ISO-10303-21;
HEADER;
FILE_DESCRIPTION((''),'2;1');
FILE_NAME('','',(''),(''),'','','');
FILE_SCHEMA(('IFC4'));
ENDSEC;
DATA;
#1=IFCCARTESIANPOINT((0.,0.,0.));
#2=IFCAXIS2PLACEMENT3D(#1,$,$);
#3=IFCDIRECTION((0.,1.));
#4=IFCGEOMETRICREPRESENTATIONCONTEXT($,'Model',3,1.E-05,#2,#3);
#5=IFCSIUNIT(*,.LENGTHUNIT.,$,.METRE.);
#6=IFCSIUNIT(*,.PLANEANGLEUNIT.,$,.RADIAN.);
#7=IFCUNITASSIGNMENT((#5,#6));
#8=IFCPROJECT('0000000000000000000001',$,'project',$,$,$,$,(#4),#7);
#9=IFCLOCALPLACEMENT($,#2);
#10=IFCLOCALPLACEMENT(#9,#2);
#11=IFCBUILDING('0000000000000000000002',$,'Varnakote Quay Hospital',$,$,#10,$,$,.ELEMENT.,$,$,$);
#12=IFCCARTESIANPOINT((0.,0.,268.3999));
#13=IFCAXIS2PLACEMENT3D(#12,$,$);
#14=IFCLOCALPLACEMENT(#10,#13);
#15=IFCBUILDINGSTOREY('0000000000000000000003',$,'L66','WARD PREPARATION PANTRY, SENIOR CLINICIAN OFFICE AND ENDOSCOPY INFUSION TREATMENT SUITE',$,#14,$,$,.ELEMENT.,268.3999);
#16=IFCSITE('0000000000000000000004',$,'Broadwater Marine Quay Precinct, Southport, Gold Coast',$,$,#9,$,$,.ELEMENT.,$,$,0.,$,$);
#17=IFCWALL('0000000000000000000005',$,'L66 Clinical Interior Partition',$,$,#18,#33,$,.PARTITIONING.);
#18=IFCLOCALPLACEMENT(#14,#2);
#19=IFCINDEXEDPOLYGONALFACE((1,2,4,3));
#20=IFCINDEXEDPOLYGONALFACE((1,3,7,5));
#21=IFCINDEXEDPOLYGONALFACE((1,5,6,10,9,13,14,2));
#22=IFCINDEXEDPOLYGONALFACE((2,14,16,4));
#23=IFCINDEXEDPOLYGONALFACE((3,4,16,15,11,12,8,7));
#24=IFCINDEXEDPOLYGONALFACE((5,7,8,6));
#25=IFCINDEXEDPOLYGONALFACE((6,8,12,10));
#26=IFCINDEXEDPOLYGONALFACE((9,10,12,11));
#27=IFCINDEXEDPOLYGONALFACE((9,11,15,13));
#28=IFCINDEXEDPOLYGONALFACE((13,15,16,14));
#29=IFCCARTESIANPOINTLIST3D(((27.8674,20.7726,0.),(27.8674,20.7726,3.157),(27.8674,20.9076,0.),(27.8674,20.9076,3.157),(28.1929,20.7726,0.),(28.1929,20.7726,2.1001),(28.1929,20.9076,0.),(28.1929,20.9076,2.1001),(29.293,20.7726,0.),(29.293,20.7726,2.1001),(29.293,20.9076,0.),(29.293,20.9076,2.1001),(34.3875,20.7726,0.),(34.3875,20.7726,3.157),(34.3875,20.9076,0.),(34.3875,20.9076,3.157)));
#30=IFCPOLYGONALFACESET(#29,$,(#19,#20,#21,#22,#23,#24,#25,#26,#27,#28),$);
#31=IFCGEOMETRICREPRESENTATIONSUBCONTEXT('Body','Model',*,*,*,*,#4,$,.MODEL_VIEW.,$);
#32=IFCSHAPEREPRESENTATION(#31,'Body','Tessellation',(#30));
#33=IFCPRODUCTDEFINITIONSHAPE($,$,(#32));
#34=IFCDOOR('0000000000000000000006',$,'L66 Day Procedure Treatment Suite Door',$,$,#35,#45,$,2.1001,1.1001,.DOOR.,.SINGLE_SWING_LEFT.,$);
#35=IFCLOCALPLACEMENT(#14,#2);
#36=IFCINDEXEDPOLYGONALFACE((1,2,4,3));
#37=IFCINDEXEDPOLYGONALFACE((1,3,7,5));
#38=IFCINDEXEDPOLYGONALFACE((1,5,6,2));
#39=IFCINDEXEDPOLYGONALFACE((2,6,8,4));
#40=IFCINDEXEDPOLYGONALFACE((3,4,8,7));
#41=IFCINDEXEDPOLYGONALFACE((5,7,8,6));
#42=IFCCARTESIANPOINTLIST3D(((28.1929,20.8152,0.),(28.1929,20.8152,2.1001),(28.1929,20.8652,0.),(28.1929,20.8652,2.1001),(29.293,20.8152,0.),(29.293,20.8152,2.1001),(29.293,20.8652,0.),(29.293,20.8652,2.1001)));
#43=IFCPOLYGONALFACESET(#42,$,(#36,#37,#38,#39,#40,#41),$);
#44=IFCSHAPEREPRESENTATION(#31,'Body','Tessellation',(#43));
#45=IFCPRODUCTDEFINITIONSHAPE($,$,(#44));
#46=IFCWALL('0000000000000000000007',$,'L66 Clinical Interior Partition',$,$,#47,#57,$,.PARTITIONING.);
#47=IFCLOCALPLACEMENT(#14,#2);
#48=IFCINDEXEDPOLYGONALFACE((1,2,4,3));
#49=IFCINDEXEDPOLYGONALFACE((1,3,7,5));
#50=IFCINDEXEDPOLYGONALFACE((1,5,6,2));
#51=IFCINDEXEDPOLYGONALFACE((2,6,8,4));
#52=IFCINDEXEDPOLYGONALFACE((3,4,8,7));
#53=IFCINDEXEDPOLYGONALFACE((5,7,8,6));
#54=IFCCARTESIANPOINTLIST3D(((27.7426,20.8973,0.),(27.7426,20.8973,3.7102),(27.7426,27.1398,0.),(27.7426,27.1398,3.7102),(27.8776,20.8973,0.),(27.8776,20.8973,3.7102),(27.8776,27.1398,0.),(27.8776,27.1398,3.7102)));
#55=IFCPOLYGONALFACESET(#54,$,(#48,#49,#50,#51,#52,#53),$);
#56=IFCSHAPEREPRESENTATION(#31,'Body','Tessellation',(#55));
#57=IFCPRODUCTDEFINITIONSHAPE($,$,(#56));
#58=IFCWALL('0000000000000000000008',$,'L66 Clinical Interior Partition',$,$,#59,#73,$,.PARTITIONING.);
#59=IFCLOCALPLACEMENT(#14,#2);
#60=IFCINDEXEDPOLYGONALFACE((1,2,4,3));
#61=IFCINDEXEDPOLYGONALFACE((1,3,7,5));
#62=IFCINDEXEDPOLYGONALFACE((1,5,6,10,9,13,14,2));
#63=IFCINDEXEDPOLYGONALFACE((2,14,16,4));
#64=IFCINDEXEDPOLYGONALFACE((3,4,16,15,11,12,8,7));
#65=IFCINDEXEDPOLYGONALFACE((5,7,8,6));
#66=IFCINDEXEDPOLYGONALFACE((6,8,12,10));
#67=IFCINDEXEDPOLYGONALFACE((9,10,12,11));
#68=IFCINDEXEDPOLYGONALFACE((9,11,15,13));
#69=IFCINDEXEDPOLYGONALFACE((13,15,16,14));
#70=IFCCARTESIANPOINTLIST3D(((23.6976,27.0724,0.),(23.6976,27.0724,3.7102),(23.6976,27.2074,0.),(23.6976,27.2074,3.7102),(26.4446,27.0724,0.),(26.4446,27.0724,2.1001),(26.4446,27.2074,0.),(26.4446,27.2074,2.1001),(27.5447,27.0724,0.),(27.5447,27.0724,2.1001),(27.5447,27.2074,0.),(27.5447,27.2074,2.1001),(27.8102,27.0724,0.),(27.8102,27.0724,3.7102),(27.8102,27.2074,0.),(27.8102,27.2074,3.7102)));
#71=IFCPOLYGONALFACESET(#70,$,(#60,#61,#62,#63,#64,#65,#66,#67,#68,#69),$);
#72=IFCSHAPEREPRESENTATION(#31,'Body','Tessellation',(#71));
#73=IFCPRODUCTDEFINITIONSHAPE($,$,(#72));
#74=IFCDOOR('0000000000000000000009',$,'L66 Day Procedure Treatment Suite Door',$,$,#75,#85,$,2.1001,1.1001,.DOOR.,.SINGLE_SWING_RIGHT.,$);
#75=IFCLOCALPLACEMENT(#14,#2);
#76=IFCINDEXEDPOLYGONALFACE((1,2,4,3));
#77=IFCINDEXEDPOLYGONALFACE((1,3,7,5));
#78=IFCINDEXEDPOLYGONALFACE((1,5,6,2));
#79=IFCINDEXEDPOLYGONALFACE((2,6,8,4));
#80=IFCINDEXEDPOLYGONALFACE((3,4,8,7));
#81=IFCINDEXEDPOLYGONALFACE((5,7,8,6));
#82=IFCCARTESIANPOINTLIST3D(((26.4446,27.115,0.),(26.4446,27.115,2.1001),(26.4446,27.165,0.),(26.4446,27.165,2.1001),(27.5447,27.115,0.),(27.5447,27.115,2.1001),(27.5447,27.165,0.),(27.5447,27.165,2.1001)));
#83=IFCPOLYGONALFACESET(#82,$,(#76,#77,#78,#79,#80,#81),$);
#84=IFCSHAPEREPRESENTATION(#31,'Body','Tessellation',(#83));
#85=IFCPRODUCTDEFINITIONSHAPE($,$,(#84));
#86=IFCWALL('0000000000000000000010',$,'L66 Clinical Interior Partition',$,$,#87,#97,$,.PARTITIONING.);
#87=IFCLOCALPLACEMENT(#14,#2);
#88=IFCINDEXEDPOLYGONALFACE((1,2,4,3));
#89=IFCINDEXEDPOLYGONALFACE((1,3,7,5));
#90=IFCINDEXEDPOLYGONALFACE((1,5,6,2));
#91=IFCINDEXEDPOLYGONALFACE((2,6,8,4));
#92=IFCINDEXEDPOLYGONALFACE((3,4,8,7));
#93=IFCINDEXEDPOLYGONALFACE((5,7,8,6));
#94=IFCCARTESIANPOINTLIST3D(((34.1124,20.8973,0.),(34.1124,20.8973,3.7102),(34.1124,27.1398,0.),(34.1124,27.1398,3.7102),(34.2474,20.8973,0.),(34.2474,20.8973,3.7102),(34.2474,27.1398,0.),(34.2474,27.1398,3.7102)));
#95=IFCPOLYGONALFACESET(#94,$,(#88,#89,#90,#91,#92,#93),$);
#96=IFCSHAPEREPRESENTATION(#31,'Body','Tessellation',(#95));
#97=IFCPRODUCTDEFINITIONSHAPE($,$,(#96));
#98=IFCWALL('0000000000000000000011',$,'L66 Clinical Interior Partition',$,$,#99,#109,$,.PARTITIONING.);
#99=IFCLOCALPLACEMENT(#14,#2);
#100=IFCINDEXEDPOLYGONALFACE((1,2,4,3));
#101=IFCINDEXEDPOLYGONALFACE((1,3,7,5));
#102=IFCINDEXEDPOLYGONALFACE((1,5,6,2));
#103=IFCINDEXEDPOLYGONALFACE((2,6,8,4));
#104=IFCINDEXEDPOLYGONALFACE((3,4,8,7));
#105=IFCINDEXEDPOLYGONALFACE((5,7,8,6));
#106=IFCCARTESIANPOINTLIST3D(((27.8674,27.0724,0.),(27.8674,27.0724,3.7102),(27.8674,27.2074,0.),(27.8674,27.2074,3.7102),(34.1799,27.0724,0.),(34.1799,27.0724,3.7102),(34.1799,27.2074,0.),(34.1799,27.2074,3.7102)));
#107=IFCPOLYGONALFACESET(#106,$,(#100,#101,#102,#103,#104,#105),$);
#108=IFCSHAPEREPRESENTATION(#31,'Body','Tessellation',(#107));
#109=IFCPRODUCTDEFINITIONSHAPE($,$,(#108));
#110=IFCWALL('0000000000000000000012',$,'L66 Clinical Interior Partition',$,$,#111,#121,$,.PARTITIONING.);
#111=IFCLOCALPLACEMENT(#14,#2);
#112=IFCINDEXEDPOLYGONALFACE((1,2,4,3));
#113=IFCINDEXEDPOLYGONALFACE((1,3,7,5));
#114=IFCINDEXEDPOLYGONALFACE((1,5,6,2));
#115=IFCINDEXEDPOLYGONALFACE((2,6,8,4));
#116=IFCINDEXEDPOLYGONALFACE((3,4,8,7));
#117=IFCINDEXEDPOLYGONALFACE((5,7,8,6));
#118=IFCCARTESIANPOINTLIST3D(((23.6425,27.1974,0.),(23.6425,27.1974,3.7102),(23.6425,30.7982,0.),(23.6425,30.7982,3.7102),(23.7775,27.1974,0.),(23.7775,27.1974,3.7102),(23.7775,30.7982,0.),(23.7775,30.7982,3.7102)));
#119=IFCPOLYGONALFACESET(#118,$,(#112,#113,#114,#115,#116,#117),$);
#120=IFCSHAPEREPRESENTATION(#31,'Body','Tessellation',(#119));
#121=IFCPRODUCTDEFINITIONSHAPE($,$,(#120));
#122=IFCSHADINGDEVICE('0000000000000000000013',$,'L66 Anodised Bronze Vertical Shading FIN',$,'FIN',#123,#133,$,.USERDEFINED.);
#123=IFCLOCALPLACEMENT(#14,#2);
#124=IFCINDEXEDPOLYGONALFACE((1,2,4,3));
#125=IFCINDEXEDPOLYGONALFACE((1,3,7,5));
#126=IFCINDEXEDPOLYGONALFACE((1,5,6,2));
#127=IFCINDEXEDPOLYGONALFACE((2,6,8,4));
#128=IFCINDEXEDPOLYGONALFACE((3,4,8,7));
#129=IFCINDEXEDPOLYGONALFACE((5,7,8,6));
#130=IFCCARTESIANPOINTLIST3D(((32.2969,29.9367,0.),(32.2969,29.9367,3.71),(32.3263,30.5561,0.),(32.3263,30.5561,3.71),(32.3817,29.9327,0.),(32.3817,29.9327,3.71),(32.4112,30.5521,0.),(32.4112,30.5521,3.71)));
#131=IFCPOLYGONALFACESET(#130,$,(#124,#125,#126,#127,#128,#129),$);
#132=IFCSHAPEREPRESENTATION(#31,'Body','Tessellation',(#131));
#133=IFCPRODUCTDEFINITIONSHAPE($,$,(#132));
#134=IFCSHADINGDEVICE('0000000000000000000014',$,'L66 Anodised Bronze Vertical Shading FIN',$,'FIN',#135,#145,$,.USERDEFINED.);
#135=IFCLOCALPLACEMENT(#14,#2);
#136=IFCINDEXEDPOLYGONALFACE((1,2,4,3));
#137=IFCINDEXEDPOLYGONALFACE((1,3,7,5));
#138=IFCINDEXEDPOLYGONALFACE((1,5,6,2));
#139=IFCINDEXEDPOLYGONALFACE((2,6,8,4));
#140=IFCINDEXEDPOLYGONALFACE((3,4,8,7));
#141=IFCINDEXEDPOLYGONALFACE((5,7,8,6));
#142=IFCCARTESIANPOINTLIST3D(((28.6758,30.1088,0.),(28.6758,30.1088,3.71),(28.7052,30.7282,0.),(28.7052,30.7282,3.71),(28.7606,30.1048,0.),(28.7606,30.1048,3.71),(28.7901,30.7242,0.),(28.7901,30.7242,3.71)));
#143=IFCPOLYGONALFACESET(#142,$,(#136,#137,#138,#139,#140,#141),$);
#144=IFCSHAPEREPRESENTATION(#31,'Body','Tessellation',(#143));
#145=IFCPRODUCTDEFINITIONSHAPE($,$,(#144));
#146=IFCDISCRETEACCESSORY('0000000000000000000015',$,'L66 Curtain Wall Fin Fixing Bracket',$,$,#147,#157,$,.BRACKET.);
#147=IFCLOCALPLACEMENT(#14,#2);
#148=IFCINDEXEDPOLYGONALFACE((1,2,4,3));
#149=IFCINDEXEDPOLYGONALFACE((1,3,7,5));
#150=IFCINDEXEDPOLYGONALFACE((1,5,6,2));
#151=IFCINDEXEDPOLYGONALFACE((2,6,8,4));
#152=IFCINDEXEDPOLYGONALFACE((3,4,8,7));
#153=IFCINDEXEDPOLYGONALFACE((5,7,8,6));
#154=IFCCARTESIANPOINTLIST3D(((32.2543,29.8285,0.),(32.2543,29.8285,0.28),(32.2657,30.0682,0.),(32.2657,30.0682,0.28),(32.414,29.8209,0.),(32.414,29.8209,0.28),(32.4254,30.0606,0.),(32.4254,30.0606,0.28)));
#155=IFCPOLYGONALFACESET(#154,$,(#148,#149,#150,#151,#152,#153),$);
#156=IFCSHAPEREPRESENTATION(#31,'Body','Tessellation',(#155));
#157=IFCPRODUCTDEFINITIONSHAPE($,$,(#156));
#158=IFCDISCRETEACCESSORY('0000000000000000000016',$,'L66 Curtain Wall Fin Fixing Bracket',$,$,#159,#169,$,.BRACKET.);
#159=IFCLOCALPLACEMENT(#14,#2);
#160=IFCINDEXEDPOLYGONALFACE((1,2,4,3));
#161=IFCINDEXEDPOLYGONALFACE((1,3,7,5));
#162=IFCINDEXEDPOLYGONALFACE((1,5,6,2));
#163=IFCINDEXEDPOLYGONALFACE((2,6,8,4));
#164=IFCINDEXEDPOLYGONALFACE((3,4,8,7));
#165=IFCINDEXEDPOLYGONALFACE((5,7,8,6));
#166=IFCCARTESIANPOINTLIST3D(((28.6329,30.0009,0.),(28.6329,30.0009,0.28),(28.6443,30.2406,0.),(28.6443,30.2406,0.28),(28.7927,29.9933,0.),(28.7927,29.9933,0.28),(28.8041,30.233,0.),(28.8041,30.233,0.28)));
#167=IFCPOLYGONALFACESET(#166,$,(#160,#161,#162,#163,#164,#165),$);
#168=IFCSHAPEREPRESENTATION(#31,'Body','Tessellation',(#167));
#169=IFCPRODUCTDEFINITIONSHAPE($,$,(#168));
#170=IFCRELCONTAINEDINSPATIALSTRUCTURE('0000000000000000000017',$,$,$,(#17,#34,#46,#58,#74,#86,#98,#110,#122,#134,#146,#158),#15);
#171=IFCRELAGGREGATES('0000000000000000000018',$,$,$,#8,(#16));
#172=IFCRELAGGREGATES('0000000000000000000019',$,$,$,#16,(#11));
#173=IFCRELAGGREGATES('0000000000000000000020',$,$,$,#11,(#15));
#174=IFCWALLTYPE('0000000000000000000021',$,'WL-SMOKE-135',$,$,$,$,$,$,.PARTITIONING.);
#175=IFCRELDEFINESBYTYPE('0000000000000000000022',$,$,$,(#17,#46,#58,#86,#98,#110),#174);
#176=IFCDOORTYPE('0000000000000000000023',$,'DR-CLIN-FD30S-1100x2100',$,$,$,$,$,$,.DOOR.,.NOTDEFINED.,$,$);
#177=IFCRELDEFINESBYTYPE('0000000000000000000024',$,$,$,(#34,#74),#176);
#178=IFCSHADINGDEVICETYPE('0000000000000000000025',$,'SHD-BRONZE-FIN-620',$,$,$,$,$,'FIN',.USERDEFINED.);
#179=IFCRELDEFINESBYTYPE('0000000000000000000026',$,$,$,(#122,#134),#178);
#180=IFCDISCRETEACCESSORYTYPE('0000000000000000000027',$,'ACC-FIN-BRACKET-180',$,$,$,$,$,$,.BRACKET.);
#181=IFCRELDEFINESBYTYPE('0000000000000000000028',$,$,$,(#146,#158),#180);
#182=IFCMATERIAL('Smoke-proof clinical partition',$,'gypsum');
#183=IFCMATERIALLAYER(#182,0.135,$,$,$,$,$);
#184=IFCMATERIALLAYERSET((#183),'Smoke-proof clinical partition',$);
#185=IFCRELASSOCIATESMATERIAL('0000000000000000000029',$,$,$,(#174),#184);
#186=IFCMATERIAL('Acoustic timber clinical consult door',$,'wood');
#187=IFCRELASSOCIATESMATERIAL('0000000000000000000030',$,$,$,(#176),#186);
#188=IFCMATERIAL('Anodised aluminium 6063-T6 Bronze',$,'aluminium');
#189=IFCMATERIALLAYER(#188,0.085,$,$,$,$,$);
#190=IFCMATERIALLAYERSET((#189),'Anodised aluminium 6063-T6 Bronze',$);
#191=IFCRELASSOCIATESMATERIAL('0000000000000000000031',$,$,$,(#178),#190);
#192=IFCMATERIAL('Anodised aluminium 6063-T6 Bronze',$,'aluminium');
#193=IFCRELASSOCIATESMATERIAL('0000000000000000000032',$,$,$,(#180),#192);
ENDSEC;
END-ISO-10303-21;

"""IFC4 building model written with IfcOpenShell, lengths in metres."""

from ifc_helpers import new_model, si_unit, direction, frame, frame_2d, origin, origin_2d, place, context, subcontext, project, spatial, rectangle, extrude, material, layer, layer_set, type_object, element, fill, save


model = new_model("IFC4")

# Units and contexts
model_context = context("Model", 3, precision=1e-05, world=origin(), true_north=direction((0.0, 1.0)))
body_context = subcontext(model_context, "Body", "Model", "MODEL_VIEW")
ifc_project = project(units=[si_unit("LENGTHUNIT", "METRE"), si_unit("PLANEANGLEUNIT", "RADIAN")], contexts=[model_context])

# Site, building, storey
site_placement = place(None, origin())
site = spatial("IfcSite", under=ifc_project, at=site_placement, Name="Broadwater Marine Quay Precinct, Southport, Gold Coast", CompositionType="ELEMENT", RefElevation=0.0)
building_placement = place(site_placement, origin())
building = spatial("IfcBuilding", under=site, at=building_placement, Name="Varnakote Quay Hospital", CompositionType="ELEMENT")
storey_placement = place(building_placement, frame((0.0, 0.0, 268.3999)))
storey = spatial("IfcBuildingStorey", under=building, at=storey_placement, Name="L66", Description="WARD PREPARATION PANTRY, SENIOR CLINICIAN OFFICE AND ENDOSCOPY INFUSION TREATMENT SUITE", CompositionType="ELEMENT", Elevation=268.3999)

# Shared definitions
ifc_material_1 = material(Name="Smoke-proof clinical partition", Category="gypsum")
ifc_layer_1 = layer(ifc_material_1, 0.135)
ifc_layer_set_1 = layer_set([ifc_layer_1], Name="Smoke-proof clinical partition")
wall_type_1 = type_object("IfcWallType", Name="WL-SMOKE-135", PredefinedType="PARTITIONING", material=ifc_layer_set_1)

# Wall, opening, door
wall_1_placement = place(storey_placement, frame((34.3875, 20.8401, 0.0), z_axis=(0.0, 0.0, 1.0), x_axis=(-1.0, 0.0, 0.0)))
wall_1 = element("IfcWall", 1, at=wall_1_placement, inside=storey, type_object=wall_type_1, Name="L66 Clinical Interior Partition", PredefinedType="PARTITIONING", context=body_context, shape_type="SweptSolid", body=[
    extrude(rectangle(XDim=6.52, YDim=0.135, at=frame_2d((3.26, 0.0))), origin(), (0.0, 0.0, 1.0), 3.157),
])
opening_1_placement = place(wall_1_placement, frame((5.0945, 0.0, 0.0)))
opening_1 = element("IfcOpeningElement", 2, at=opening_1_placement, cuts=wall_1, PredefinedType="OPENING", context=body_context, shape_type="SweptSolid", body=[
    extrude(rectangle(XDim=1.1001, YDim=2.1001, at=frame_2d((0.55, 1.05))), frame((0.0, 0.0774, 0.0), z_axis=(0.0, -1.0, 0.0), x_axis=(1.0, 0.0, 0.0)), (0.0, 0.0, 1.0), 0.155),
])
ifc_material_2 = material(Name="Acoustic timber clinical consult door", Category="wood")
door_type_1 = type_object("IfcDoorType", Name="DR-CLIN-FD30S-1100x2100", OperationType="NOTDEFINED", PredefinedType="DOOR", material=ifc_material_2)
door_1_placement = place(opening_1_placement, origin())
door_1 = element("IfcDoor", 3, at=door_1_placement, inside=storey, type_object=door_type_1, Name="L66 Day Procedure Treatment Suite Door", OperationType="SINGLE_SWING_LEFT", OverallHeight=2.1001, OverallWidth=1.1001, PredefinedType="DOOR", context=body_context, shape_type="SweptSolid", body=[
    extrude(rectangle(XDim=1.1001, YDim=2.1001, at=frame_2d((0.55, 1.05))), frame((0.0, 0.0249, 0.0), z_axis=(0.0, -1.0, 0.0), x_axis=(1.0, 0.0, 0.0)), (0.0, 0.0, 1.0), 0.05),
])
fill(opening_1, door_1)

# Wall
wall_2_placement = place(storey_placement, frame((27.8101, 20.8975, 0.0), z_axis=(0.0, 0.0, 1.0), x_axis=(0.0, 1.0, 0.0)))
element("IfcWall", 4, at=wall_2_placement, inside=storey, type_object=wall_type_1, Name="L66 Clinical Interior Partition", PredefinedType="PARTITIONING", context=body_context, shape_type="SweptSolid", body=[
    extrude(rectangle(XDim=6.2424, YDim=0.135, at=frame_2d((3.1211, 0.0))), origin(), (0.0, 0.0, 1.0), 3.7102),
])

# Wall, opening, door
wall_3_placement = place(storey_placement, frame((27.8101, 27.1399, 0.0), z_axis=(0.0, 0.0, 1.0), x_axis=(-1.0, 0.0, 0.0)))
wall_3 = element("IfcWall", 5, at=wall_3_placement, inside=storey, type_object=wall_type_1, Name="L66 Clinical Interior Partition", PredefinedType="PARTITIONING", context=body_context, shape_type="SweptSolid", body=[
    extrude(rectangle(XDim=4.1125, YDim=0.135, at=frame_2d((2.0562, 0.0))), origin(), (0.0, 0.0, 1.0), 3.7102),
])
opening_2_placement = place(wall_3_placement, frame((0.2654, 0.0, 0.0)))
opening_2 = element("IfcOpeningElement", 6, at=opening_2_placement, cuts=wall_3, PredefinedType="OPENING", context=body_context, shape_type="SweptSolid", body=[
    extrude(rectangle(XDim=1.1001, YDim=2.1001, at=frame_2d((0.55, 1.05))), frame((0.0, 0.0774, 0.0), z_axis=(0.0, -1.0, 0.0), x_axis=(1.0, 0.0, 0.0)), (0.0, 0.0, 1.0), 0.155),
])
door_2_placement = place(opening_2_placement, origin())
door_2 = element("IfcDoor", 7, at=door_2_placement, inside=storey, type_object=door_type_1, Name="L66 Day Procedure Treatment Suite Door", OperationType="SINGLE_SWING_RIGHT", OverallHeight=2.1001, OverallWidth=1.1001, PredefinedType="DOOR", context=body_context, shape_type="SweptSolid", body=[
    extrude(rectangle(XDim=1.1001, YDim=2.1001, at=frame_2d((0.55, 1.05))), frame((0.0, 0.0249, 0.0), z_axis=(0.0, -1.0, 0.0), x_axis=(1.0, 0.0, 0.0)), (0.0, 0.0, 1.0), 0.05),
])
fill(opening_2, door_2)

# Walls
wall_4_placement = place(storey_placement, frame((34.1799, 20.8975, 0.0), z_axis=(0.0, 0.0, 1.0), x_axis=(0.0, 1.0, 0.0)))
element("IfcWall", 8, at=wall_4_placement, inside=storey, type_object=wall_type_1, Name="L66 Clinical Interior Partition", PredefinedType="PARTITIONING", context=body_context, shape_type="SweptSolid", body=[
    extrude(rectangle(XDim=6.2424, YDim=0.135, at=frame_2d((3.1211, 0.0))), origin(), (0.0, 0.0, 1.0), 3.7102),
])
wall_5_placement = place(storey_placement, frame((34.1799, 27.1399, 0.0), z_axis=(0.0, 0.0, 1.0), x_axis=(-1.0, 0.0, 0.0)))
element("IfcWall", 9, at=wall_5_placement, inside=storey, type_object=wall_type_1, Name="L66 Clinical Interior Partition", PredefinedType="PARTITIONING", context=body_context, shape_type="SweptSolid", body=[
    extrude(rectangle(XDim=6.3125, YDim=0.135, at=frame_2d((3.1562, 0.0))), origin(), (0.0, 0.0, 1.0), 3.7102),
])
wall_6_placement = place(storey_placement, frame((23.71, 27.1975, 0.0), z_axis=(0.0, 0.0, 1.0), x_axis=(0.0, 1.0, 0.0)))
element("IfcWall", 10, at=wall_6_placement, inside=storey, type_object=wall_type_1, Name="L66 Clinical Interior Partition", PredefinedType="PARTITIONING", context=body_context, shape_type="SweptSolid", body=[
    extrude(rectangle(XDim=3.6008, YDim=0.135, at=frame_2d((1.8003, 0.0))), origin(), (0.0, 0.0, 1.0), 3.7102),
])

# Shading devices
ifc_material_3 = material(Name="Anodised aluminium 6063-T6 Bronze", Category="aluminium")
ifc_layer_2 = layer(ifc_material_3, 0.085)
ifc_layer_set_2 = layer_set([ifc_layer_2], Name="Anodised aluminium 6063-T6 Bronze")
shading_device_type = type_object("IfcShadingDeviceType", Name="SHD-BRONZE-FIN-620", ElementType="FIN", PredefinedType="USERDEFINED", material=ifc_layer_set_2)
for number, where, z_axis, x_axis, name in (
    (11, (32.354, 30.2444, 0.0), (0.0, 0.0, 1.0), (-0.047455, -0.998873, 0.0), "L66 Anodised Bronze Vertical Shading FIN"),
    (12, (28.7329, 30.4165, 0.0), (0.0, 0.0, 1.0), (-0.047455, -0.998873, 0.0), "L66 Anodised Bronze Vertical Shading FIN"),
):
    element("IfcShadingDevice", number, at=place(storey_placement, frame(where, z_axis=z_axis, x_axis=x_axis)), inside=storey, type_object=shading_device_type, Name=name, ObjectType="FIN", PredefinedType="USERDEFINED", context=body_context, shape_type="SweptSolid", body=[
        extrude(rectangle(XDim=0.6201, YDim=0.085, at=origin_2d()), origin(), (0.0, 0.0, 1.0), 3.71),
    ])

# Discrete accessories
ifc_material_4 = material(Name="Anodised aluminium 6063-T6 Bronze", Category="aluminium")
discrete_accessory_type = type_object("IfcDiscreteAccessoryType", Name="ACC-FIN-BRACKET-180", PredefinedType="BRACKET", material=ifc_material_4)
for number, where, z_axis, x_axis, name in (
    (13, (32.3398, 29.9446, 0.0), (0.0, 0.0, 1.0), (-0.998873, 0.047455, 0.0), "L66 Curtain Wall Fin Fixing Bracket"),
    (14, (28.7185, 30.1169, 0.0), (0.0, 0.0, 1.0), (-0.998873, 0.047455, 0.0), "L66 Curtain Wall Fin Fixing Bracket"),
):
    element("IfcDiscreteAccessory", number, at=place(storey_placement, frame(where, z_axis=z_axis, x_axis=x_axis)), inside=storey, type_object=discrete_accessory_type, Name=name, PredefinedType="BRACKET", context=body_context, shape_type="SweptSolid", body=[
        extrude(rectangle(XDim=0.1599, YDim=0.24, at=origin_2d()), origin(), (0.0, 0.0, 1.0), 0.28),
    ])

save(model, "model.ifc")
